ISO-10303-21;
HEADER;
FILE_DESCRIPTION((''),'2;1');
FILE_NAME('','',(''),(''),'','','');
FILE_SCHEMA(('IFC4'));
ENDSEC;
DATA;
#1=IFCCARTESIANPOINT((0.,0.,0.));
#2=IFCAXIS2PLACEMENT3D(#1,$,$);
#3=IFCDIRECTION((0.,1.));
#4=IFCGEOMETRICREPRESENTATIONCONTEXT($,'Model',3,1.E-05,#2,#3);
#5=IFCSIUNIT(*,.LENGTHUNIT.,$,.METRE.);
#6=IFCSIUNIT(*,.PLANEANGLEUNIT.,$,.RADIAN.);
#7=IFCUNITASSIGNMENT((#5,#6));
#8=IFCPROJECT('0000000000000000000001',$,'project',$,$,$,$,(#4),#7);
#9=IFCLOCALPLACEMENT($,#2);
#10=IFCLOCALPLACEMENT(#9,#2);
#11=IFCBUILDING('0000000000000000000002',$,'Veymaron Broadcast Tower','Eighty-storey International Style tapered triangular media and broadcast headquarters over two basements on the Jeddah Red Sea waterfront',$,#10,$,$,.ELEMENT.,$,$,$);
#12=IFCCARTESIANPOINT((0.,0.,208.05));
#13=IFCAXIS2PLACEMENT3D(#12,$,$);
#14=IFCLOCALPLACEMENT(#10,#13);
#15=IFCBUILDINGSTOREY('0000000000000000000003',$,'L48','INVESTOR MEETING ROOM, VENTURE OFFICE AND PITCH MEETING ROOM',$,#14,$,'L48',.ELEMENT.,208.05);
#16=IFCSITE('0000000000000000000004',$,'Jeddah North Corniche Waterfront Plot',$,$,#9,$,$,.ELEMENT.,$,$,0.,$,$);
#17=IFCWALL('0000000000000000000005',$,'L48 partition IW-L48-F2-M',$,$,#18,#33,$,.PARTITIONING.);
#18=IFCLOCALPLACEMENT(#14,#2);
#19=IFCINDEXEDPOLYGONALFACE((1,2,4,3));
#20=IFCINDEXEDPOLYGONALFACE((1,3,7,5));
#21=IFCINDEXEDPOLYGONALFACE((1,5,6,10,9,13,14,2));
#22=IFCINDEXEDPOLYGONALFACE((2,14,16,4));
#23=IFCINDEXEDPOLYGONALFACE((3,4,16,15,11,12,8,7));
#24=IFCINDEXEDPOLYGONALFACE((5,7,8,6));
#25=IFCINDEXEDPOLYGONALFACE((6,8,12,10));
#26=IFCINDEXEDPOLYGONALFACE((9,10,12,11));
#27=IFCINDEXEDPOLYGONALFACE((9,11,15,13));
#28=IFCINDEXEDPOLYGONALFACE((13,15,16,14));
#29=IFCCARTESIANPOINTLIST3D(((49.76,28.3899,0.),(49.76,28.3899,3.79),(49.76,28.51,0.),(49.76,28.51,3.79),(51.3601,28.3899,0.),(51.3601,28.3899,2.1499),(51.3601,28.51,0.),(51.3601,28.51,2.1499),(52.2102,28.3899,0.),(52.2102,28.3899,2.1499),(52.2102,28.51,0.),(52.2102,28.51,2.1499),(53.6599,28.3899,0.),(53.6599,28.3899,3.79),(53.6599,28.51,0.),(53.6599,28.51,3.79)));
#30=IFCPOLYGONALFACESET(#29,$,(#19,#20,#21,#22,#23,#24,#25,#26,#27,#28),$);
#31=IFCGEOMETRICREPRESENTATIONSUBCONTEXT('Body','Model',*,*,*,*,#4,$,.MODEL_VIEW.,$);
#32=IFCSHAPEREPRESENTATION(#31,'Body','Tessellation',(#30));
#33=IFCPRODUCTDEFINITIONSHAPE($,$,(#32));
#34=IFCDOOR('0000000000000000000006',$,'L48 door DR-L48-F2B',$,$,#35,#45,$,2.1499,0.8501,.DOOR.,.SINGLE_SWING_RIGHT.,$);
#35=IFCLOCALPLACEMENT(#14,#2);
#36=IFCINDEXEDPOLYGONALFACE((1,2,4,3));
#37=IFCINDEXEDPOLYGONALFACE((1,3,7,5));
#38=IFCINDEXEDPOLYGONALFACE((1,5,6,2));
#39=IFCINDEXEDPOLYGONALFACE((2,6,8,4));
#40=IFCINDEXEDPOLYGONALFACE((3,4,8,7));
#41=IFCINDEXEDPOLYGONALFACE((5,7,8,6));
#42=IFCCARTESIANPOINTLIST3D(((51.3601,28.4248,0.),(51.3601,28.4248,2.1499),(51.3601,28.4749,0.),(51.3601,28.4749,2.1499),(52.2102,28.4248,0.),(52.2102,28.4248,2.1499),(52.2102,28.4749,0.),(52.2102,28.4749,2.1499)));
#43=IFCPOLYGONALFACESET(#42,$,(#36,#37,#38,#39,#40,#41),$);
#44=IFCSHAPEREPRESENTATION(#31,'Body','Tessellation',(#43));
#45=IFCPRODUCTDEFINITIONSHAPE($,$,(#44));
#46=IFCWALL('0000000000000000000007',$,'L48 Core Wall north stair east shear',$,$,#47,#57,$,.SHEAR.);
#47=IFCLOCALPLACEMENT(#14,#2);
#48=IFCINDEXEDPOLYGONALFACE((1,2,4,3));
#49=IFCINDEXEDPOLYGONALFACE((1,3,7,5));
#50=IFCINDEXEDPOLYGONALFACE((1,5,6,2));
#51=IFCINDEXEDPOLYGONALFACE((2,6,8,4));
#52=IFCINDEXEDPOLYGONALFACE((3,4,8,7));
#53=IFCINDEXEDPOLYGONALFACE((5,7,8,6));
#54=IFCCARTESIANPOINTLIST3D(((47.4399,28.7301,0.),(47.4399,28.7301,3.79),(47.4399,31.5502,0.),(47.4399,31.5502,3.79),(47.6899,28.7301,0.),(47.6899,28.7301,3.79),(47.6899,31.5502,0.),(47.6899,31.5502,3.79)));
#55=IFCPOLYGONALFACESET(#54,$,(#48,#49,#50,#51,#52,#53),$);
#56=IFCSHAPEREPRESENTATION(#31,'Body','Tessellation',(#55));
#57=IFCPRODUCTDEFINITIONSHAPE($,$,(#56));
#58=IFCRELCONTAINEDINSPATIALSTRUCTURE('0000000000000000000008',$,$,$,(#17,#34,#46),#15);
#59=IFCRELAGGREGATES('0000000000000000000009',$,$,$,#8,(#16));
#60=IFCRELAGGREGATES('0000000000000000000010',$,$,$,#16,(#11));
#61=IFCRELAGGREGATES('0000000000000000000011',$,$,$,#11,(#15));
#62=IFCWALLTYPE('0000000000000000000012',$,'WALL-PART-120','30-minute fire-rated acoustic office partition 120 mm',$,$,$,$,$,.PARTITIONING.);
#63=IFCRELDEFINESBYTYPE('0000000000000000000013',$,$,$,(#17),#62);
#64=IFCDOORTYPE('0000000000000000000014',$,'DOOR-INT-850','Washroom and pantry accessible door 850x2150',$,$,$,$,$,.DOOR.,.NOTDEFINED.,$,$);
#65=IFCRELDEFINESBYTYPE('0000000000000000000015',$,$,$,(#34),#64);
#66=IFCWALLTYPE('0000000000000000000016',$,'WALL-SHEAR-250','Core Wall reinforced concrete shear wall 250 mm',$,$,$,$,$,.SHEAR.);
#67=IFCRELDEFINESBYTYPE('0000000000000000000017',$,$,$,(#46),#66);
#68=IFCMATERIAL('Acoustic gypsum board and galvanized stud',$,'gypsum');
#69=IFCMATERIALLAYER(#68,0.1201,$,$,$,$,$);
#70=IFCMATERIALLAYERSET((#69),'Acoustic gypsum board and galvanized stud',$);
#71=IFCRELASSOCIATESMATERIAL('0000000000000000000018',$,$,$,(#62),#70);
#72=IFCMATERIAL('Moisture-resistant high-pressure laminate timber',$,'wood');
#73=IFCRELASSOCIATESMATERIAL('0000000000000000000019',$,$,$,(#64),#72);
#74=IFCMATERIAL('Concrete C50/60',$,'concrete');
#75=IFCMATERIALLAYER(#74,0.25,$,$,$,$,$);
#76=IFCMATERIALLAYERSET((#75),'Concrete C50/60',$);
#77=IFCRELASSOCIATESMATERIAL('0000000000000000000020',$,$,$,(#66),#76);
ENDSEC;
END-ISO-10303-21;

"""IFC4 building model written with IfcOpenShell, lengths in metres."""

from ifc_helpers import new_model, si_unit, direction, frame, frame_2d, origin, place, context, subcontext, project, spatial, rectangle, extrude, material, layer, layer_set, type_object, element, fill, save


model = new_model("IFC4")

# Units and contexts
model_context = context("Model", 3, precision=1e-05, world=origin(), true_north=direction((0.0, 1.0)))
body_context = subcontext(model_context, "Body", "Model", "MODEL_VIEW")
ifc_project = project(units=[si_unit("LENGTHUNIT", "METRE"), si_unit("PLANEANGLEUNIT", "RADIAN")], contexts=[model_context])

# Site, building, storey
site_placement = place(None, origin())
site = spatial("IfcSite", under=ifc_project, at=site_placement, Name="Jeddah North Corniche Waterfront Plot", CompositionType="ELEMENT", RefElevation=0.0)
building_placement = place(site_placement, origin())
building = spatial("IfcBuilding", under=site, at=building_placement, Name="Veymaron Broadcast Tower", Description="Eighty-storey International Style tapered triangular media and broadcast headquarters over two basements on the Jeddah Red Sea waterfront", CompositionType="ELEMENT")
storey_placement = place(building_placement, frame((0.0, 0.0, 208.05)))
storey = spatial("IfcBuildingStorey", under=building, at=storey_placement, Name="L48", Description="INVESTOR MEETING ROOM, VENTURE OFFICE AND PITCH MEETING ROOM", LongName="L48", CompositionType="ELEMENT", Elevation=208.05)

# Shared definitions
ifc_material_1 = material(Name="Acoustic gypsum board and galvanized stud", Category="gypsum")
ifc_layer_1 = layer(ifc_material_1, 0.1201)
ifc_layer_set_1 = layer_set([ifc_layer_1], Name="Acoustic gypsum board and galvanized stud")
wall_type_1 = type_object("IfcWallType", Name="WALL-PART-120", Description="30-minute fire-rated acoustic office partition 120 mm", PredefinedType="PARTITIONING", material=ifc_layer_set_1)

# Wall, opening, door
ifc_material_2 = material(Name="Moisture-resistant high-pressure laminate timber", Category="wood")
door_type_1 = type_object("IfcDoorType", Name="DOOR-INT-850", Description="Washroom and pantry accessible door 850x2150", OperationType="NOTDEFINED", PredefinedType="DOOR", material=ifc_material_2)
wall_1_placement = place(storey_placement, frame((49.76, 28.45, 0.0), z_axis=(0.0, 0.0, 1.0), x_axis=(1.0, 0.0, 0.0)))
wall_1 = element("IfcWall", 1, at=wall_1_placement, inside=storey, type_object=wall_type_1, Name="L48 partition IW-L48-F2-M", PredefinedType="PARTITIONING", context=body_context, shape_type="SweptSolid", body=[
    extrude(rectangle(XDim=3.8999, YDim=0.1201, at=frame_2d((1.95, 0.0))), origin(), (0.0, 0.0, 1.0), 3.79),
])
opening_1_placement = place(wall_1_placement, frame((1.6001, 0.0, 0.0)))
opening_1 = element("IfcOpeningElement", 2, at=opening_1_placement, cuts=wall_1, PredefinedType="OPENING", context=body_context, shape_type="SweptSolid", body=[
    extrude(rectangle(XDim=0.8501, YDim=2.1499, at=frame_2d((0.425, 1.075))), frame((0.0, 0.0701, 0.0), z_axis=(0.0, -1.0, 0.0), x_axis=(1.0, 0.0, 0.0)), (0.0, 0.0, 1.0), 0.1401),
])
door_1_placement = place(opening_1_placement, origin())
door_1 = element("IfcDoor", 3, at=door_1_placement, inside=storey, type_object=door_type_1, Name="L48 door DR-L48-F2B", OperationType="SINGLE_SWING_RIGHT", OverallHeight=2.1499, OverallWidth=0.8501, PredefinedType="DOOR", context=body_context, shape_type="SweptSolid", body=[
    extrude(rectangle(XDim=0.8501, YDim=2.1499, at=frame_2d((0.425, 1.075))), frame((0.0, 0.0249, 0.0), z_axis=(0.0, -1.0, 0.0), x_axis=(1.0, 0.0, 0.0)), (0.0, 0.0, 1.0), 0.05),
])
fill(opening_1, door_1)

# Wall
ifc_material_3 = material(Name="Concrete C50/60", Category="concrete")
ifc_layer_2 = layer(ifc_material_3, 0.25)
ifc_layer_set_2 = layer_set([ifc_layer_2], Name="Concrete C50/60")
wall_type_2 = type_object("IfcWallType", Name="WALL-SHEAR-250", Description="Core Wall reinforced concrete shear wall 250 mm", PredefinedType="SHEAR", material=ifc_layer_set_2)
wall_2_placement = place(storey_placement, frame((47.5649, 28.73, 0.0), z_axis=(0.0, 0.0, 1.0), x_axis=(0.0, 1.0, 0.0)))
element("IfcWall", 4, at=wall_2_placement, inside=storey, type_object=wall_type_2, Name="L48 Core Wall north stair east shear", PredefinedType="SHEAR", context=body_context, shape_type="SweptSolid", body=[
    extrude(rectangle(XDim=2.8201, YDim=0.25, at=frame_2d((1.4102, 0.0))), origin(), (0.0, 0.0, 1.0), 3.79),
])

save(model, "model.ifc")
